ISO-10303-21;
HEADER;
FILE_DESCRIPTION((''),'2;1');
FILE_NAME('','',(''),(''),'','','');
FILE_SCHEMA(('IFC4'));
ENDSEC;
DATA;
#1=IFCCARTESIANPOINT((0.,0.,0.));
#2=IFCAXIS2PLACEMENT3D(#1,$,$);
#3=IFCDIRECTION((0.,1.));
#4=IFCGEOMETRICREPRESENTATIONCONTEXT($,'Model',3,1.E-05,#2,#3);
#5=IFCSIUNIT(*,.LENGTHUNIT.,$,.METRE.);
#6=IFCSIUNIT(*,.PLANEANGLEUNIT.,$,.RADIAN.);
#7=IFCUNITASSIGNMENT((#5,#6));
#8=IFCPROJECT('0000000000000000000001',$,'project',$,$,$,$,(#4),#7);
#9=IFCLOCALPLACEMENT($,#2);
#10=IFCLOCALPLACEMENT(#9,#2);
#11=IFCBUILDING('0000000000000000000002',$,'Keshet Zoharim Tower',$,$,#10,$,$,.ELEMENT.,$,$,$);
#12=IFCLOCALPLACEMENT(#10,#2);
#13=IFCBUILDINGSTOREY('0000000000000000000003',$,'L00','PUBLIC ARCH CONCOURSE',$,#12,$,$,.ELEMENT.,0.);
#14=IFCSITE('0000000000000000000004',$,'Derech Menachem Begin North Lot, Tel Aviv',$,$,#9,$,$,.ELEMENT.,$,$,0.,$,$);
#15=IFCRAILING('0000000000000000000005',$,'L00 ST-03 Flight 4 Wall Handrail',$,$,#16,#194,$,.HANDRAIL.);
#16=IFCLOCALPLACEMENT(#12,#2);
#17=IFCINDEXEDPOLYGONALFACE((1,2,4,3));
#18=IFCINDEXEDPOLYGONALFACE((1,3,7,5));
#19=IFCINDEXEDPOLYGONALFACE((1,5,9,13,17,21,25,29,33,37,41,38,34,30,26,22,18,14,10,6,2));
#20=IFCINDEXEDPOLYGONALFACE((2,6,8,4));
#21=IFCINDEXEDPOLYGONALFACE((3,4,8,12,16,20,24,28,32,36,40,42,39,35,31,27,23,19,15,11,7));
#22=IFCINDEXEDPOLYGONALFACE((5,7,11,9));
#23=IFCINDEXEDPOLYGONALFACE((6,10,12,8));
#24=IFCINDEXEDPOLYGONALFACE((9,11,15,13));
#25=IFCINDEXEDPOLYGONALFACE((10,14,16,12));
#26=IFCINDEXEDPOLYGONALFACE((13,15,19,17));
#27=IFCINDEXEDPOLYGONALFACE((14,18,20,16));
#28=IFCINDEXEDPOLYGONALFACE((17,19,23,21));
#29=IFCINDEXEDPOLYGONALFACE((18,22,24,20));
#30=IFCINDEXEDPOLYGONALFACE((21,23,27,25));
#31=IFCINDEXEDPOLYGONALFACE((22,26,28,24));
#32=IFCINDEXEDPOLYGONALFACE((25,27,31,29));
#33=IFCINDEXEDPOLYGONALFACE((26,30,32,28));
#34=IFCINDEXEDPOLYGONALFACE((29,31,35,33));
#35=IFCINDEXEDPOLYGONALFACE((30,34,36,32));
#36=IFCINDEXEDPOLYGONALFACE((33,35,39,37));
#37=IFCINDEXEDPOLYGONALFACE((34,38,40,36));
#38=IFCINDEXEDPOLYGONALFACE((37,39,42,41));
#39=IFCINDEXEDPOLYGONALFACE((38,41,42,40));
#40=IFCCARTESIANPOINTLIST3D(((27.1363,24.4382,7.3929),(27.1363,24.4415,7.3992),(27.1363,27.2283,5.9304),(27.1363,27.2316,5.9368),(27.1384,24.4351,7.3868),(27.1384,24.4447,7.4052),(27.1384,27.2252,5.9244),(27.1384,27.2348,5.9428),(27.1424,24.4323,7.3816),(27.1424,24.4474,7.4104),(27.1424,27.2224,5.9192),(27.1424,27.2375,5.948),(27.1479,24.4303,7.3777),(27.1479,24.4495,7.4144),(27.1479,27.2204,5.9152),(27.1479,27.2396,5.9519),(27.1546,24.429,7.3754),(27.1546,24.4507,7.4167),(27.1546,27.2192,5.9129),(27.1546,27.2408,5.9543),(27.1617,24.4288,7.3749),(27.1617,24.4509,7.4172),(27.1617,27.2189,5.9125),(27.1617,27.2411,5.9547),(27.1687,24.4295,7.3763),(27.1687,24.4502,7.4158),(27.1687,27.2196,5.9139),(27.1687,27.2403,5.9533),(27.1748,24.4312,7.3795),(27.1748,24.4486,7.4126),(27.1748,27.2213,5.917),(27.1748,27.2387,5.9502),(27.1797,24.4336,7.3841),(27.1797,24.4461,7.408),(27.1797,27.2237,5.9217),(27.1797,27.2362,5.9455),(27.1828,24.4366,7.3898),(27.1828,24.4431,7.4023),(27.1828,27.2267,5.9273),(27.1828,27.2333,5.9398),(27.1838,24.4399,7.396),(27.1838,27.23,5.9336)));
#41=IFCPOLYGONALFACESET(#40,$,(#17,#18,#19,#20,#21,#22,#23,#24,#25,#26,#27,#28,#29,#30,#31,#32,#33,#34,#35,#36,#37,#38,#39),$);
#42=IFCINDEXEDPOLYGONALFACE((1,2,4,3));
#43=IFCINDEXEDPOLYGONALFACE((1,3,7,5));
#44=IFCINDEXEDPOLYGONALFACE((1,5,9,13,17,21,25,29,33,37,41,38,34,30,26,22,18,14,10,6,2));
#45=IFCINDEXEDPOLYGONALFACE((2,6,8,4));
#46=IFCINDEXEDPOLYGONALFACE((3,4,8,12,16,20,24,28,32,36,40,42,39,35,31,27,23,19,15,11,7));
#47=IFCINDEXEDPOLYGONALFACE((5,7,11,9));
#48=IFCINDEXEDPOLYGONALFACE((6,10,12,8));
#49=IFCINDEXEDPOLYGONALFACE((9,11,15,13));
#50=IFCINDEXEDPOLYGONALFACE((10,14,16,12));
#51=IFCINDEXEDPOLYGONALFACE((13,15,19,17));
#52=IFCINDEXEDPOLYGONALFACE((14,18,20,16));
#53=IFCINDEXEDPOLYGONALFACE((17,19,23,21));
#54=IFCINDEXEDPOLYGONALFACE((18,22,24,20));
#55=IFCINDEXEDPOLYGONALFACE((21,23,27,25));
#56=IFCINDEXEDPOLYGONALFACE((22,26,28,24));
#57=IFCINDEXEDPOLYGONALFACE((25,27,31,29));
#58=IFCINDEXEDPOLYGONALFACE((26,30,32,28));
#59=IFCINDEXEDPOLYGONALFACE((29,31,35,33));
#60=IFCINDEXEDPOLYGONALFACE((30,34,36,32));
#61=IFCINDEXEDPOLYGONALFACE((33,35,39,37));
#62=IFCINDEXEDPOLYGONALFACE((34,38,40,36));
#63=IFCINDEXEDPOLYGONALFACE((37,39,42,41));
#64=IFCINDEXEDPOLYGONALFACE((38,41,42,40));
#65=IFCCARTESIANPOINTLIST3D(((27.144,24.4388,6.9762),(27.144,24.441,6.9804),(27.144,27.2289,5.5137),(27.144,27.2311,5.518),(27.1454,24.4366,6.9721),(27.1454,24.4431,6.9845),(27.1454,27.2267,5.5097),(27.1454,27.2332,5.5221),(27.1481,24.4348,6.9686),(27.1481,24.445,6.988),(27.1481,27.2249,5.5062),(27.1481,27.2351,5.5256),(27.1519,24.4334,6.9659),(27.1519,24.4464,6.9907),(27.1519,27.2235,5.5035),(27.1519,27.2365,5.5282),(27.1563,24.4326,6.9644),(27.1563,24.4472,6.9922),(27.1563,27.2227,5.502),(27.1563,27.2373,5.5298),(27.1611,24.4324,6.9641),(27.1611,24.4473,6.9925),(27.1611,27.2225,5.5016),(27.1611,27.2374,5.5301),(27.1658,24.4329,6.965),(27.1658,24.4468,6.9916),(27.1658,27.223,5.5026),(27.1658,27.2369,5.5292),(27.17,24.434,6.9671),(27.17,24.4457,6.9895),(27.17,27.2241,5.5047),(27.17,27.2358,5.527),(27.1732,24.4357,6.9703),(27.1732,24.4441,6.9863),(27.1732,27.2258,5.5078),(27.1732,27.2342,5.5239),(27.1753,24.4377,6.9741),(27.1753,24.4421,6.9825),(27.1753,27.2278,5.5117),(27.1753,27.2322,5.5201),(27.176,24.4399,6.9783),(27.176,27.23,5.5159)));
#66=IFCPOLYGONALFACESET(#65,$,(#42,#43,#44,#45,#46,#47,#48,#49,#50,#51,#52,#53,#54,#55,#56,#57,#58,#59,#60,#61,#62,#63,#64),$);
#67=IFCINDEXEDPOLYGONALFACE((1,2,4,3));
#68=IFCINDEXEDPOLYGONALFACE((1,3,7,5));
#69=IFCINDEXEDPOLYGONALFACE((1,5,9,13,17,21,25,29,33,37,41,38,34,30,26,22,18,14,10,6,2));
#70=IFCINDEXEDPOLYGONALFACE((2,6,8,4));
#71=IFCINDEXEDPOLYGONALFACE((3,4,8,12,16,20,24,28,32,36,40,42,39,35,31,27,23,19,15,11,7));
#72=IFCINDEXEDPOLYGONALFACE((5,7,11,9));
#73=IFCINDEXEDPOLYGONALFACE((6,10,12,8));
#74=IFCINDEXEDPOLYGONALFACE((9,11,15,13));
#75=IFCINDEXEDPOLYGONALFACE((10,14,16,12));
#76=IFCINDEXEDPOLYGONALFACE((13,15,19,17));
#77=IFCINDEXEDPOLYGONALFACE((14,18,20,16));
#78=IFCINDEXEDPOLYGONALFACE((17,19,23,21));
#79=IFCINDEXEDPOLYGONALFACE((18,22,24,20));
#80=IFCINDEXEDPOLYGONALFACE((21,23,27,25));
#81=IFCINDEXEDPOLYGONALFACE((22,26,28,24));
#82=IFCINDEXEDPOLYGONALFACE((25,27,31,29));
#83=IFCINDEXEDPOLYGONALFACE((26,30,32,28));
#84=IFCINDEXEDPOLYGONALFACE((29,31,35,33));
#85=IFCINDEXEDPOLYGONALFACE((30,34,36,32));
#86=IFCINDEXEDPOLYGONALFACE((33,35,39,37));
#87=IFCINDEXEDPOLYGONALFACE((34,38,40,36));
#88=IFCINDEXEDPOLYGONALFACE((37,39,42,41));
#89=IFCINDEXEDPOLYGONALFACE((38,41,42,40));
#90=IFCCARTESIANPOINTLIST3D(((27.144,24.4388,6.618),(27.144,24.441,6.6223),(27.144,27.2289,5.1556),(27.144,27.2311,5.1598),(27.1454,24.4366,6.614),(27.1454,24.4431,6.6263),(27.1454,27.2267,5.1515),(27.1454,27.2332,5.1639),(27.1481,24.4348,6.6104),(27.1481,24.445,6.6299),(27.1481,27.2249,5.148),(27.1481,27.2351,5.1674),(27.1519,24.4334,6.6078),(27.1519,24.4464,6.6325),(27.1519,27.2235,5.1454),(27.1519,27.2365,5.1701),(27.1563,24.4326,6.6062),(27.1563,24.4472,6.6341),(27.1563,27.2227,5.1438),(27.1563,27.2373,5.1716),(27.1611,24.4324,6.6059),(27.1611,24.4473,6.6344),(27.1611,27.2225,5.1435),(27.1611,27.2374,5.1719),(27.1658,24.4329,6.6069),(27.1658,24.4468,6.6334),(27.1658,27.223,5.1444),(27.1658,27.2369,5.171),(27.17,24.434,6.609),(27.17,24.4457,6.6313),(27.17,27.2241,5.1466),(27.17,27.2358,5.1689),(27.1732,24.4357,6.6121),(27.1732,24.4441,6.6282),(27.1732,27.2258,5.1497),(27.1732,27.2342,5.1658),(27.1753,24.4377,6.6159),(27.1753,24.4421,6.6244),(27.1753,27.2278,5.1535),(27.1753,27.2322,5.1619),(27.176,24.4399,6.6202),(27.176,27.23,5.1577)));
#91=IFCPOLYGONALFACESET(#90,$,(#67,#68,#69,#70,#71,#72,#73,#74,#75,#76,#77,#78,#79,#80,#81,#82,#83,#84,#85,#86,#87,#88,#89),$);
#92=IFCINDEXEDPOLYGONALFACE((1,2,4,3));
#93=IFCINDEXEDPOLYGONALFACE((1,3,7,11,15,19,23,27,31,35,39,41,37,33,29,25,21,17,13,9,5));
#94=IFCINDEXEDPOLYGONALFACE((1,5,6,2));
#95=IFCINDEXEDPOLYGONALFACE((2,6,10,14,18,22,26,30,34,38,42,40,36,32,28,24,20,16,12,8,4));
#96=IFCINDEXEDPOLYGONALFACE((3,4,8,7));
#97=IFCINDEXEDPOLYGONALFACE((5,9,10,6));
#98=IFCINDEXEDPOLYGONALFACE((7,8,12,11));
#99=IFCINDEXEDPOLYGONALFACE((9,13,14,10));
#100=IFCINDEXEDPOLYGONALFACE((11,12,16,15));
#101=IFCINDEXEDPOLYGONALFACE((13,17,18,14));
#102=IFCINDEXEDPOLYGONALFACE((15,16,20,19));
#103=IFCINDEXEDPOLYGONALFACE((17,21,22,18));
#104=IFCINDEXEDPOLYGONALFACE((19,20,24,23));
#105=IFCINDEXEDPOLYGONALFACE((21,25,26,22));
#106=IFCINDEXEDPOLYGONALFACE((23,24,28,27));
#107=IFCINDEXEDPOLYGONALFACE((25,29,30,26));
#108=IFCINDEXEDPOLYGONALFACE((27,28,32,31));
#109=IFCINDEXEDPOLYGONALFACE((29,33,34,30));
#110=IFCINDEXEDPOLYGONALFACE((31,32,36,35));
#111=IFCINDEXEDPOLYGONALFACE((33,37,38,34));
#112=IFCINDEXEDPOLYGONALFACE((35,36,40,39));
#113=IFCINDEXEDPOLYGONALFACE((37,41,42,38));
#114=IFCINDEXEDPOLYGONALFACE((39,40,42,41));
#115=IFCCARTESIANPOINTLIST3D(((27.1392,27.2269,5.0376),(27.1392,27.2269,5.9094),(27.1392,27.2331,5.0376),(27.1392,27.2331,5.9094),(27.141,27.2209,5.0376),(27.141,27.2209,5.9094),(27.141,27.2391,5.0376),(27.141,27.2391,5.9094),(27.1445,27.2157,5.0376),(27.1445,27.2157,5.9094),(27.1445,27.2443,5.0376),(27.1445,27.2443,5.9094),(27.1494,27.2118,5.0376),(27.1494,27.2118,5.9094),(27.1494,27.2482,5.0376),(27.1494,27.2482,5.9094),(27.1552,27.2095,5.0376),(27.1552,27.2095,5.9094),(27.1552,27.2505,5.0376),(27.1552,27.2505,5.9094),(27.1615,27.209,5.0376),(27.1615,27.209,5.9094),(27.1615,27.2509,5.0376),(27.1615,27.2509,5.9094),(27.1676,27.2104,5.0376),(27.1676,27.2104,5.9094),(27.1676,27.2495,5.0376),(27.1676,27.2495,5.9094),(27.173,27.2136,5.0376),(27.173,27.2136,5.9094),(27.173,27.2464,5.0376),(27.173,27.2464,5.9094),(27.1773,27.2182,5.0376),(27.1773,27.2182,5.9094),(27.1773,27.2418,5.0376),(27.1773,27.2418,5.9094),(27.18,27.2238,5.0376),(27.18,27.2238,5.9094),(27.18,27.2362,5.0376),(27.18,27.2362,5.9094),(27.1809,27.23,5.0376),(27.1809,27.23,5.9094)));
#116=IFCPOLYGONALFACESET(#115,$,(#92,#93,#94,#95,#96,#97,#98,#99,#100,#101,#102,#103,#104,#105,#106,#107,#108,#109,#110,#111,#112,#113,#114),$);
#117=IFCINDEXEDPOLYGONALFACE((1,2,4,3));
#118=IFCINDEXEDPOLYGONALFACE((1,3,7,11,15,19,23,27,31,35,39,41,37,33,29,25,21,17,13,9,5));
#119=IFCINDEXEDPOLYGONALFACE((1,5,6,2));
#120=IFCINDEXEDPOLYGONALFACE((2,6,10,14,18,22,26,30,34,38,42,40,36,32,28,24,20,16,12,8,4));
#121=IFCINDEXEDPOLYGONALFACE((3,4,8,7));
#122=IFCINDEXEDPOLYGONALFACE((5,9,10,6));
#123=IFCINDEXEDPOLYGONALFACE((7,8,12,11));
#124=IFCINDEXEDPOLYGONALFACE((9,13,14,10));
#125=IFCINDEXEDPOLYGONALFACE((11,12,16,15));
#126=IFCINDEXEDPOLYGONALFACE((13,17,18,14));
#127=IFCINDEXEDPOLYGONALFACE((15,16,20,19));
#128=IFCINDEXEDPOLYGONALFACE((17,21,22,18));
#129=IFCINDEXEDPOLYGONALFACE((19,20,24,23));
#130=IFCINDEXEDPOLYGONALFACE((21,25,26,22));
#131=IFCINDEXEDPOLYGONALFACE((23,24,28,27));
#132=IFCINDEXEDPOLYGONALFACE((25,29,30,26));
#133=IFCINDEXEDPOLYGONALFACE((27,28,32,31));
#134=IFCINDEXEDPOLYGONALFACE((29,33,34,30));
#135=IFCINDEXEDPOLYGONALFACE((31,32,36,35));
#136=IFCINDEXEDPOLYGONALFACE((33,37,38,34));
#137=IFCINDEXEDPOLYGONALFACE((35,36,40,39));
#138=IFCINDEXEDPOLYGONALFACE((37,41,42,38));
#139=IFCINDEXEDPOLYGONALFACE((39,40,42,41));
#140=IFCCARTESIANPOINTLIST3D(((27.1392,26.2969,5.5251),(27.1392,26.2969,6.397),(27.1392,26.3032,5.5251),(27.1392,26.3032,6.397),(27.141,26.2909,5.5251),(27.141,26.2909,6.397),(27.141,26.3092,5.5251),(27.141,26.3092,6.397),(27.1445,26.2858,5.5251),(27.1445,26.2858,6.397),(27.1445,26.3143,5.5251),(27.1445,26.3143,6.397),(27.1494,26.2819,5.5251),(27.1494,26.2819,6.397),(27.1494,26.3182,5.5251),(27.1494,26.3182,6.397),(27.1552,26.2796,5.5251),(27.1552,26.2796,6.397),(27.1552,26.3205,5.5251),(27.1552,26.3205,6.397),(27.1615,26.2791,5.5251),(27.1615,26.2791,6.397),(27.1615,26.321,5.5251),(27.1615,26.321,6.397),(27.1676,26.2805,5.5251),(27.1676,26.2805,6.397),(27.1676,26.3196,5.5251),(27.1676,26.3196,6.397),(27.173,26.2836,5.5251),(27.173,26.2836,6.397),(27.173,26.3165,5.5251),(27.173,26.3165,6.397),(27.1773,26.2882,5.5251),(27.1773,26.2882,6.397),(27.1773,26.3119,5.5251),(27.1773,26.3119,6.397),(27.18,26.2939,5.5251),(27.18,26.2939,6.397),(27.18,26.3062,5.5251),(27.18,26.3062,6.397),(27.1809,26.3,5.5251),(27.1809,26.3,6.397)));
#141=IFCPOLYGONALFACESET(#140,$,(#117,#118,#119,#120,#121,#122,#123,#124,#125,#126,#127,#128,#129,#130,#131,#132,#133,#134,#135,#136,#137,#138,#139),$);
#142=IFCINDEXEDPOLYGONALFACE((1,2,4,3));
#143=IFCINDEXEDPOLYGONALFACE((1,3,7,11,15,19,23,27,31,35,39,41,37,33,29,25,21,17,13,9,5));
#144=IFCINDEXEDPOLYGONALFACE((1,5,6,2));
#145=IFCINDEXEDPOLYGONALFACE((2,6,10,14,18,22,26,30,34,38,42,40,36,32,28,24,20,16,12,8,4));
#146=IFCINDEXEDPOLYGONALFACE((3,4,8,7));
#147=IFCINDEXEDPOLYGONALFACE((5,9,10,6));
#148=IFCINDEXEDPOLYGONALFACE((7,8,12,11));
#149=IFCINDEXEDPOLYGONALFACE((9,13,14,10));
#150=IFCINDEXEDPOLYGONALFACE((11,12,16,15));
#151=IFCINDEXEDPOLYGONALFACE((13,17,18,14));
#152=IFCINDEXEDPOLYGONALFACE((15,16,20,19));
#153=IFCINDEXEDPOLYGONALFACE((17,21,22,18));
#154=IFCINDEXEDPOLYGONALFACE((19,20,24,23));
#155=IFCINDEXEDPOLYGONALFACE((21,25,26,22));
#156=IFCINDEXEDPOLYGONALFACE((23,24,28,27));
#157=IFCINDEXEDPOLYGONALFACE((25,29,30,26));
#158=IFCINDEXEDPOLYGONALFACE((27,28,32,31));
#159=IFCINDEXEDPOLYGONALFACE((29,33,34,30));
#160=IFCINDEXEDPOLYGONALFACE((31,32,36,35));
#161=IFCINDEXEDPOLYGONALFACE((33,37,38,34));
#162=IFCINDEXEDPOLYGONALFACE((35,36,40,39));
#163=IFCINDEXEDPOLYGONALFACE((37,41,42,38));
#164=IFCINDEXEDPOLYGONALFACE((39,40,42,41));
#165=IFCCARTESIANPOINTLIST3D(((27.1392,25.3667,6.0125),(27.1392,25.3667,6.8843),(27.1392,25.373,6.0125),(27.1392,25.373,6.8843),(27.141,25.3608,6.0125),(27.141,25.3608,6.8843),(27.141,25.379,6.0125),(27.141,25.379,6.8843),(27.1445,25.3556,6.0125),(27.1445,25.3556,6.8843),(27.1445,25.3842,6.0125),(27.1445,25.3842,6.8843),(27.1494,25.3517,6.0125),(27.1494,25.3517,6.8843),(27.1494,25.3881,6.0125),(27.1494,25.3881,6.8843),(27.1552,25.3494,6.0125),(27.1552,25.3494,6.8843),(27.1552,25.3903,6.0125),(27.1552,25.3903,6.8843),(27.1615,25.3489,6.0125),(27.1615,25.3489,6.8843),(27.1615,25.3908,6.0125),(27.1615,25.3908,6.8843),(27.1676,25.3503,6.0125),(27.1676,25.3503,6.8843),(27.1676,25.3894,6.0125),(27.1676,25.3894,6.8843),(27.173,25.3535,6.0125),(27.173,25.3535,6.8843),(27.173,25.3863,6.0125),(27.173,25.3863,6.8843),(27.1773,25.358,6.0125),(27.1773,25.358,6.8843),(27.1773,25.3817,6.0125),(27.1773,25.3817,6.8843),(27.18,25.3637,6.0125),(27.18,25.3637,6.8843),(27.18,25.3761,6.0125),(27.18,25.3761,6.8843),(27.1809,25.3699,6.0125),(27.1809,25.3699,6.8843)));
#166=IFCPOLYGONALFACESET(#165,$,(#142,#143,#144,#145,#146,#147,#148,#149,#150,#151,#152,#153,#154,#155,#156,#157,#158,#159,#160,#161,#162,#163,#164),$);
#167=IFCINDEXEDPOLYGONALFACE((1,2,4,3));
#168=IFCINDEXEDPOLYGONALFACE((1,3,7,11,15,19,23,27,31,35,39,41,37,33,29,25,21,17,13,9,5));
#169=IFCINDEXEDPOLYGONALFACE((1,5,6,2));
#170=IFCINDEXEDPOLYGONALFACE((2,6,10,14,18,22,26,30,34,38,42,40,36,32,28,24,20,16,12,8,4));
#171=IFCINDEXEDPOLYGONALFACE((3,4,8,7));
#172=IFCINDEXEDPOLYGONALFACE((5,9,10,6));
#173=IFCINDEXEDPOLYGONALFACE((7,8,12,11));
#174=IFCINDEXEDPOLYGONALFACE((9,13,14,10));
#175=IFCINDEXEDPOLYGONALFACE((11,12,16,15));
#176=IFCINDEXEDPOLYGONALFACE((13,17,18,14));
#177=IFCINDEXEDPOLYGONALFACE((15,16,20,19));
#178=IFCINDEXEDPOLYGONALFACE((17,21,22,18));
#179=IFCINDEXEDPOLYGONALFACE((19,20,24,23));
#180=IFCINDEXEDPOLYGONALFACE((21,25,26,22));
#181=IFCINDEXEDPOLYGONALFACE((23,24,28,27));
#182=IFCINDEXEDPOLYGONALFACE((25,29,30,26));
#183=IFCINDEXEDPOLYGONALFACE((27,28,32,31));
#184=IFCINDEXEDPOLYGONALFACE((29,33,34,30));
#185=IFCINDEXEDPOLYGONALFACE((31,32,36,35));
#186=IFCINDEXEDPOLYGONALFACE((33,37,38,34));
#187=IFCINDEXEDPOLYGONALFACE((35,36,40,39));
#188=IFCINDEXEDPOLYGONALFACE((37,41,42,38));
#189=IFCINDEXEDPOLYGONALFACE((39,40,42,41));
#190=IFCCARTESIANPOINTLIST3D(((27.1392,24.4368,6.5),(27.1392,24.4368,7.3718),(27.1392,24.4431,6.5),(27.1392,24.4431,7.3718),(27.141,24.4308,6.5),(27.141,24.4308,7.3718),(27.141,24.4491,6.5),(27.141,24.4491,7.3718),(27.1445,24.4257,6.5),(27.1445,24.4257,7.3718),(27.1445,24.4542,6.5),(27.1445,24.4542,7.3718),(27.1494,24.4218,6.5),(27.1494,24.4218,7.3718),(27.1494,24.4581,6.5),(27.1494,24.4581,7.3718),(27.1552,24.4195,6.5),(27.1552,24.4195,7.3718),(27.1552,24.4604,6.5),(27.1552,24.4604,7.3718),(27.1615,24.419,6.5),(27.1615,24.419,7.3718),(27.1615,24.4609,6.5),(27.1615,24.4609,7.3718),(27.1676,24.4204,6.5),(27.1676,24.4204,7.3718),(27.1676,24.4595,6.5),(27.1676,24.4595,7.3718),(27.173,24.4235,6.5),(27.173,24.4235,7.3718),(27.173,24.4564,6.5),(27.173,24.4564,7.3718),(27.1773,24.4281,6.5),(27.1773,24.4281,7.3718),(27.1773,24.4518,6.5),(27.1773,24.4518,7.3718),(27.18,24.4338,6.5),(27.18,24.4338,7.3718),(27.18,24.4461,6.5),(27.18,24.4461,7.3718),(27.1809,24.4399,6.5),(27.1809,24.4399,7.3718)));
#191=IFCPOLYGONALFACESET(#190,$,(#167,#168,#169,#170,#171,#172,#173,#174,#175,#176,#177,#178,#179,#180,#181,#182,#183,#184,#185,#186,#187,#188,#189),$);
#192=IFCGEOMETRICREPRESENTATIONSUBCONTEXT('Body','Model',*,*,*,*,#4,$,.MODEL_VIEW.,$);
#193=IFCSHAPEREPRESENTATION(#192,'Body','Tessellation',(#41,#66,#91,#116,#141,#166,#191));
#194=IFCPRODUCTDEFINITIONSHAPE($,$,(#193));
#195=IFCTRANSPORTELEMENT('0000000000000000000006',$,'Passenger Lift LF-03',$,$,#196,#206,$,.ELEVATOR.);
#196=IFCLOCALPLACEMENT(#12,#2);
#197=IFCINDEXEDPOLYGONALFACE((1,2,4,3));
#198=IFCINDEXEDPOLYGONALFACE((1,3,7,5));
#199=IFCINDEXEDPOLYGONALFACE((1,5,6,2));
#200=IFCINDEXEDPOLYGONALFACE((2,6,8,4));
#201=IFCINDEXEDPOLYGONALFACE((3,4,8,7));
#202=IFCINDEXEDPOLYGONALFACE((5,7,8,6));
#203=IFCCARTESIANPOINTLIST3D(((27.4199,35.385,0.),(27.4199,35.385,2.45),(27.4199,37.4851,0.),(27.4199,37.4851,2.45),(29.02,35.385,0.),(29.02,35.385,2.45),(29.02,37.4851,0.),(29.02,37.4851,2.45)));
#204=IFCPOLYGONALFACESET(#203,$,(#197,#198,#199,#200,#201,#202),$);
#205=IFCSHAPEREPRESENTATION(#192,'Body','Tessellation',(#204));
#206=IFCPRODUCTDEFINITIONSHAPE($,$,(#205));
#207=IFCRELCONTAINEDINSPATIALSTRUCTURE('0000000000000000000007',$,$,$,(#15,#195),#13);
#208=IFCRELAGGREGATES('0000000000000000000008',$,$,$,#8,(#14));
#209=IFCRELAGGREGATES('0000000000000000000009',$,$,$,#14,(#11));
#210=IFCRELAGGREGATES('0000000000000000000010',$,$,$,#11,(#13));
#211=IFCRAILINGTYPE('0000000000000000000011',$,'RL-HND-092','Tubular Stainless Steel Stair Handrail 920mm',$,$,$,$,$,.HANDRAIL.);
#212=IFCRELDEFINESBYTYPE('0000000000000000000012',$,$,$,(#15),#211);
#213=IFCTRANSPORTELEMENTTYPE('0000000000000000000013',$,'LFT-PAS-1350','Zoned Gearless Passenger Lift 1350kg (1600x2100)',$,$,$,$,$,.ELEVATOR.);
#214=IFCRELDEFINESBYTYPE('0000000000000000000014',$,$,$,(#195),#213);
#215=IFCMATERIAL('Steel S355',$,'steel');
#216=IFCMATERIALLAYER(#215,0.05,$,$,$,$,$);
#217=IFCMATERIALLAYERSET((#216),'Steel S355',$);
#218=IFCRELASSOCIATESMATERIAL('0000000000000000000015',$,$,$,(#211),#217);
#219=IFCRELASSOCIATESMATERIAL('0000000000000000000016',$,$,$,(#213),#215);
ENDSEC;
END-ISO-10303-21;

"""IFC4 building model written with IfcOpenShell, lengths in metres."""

from ifc_helpers import new_model, si_unit, direction, frame, origin, origin_2d, place, context, subcontext, project, spatial, rectangle, circle, extrude, material, layer, layer_set, type_object, element, save


model = new_model("IFC4")

# Units and contexts
model_context = context("Model", 3, precision=1e-05, world=origin(), true_north=direction((0.0, 1.0)))
body_context = subcontext(model_context, "Body", "Model", "MODEL_VIEW")
ifc_project = project(units=[si_unit("LENGTHUNIT", "METRE"), si_unit("PLANEANGLEUNIT", "RADIAN")], contexts=[model_context])

# Site, building, storey
site_placement = place(None, origin())
site = spatial("IfcSite", under=ifc_project, at=site_placement, Name="Derech Menachem Begin North Lot, Tel Aviv", CompositionType="ELEMENT", RefElevation=0.0)
building_placement = place(site_placement, origin())
building = spatial("IfcBuilding", under=site, at=building_placement, Name="Keshet Zoharim Tower", CompositionType="ELEMENT")
storey_placement = place(building_placement, origin())
storey = spatial("IfcBuildingStorey", under=building, at=storey_placement, Name="L00", Description="PUBLIC ARCH CONCOURSE", CompositionType="ELEMENT", Elevation=0.0)

# Shared definitions
ifc_material_1 = material(Name="Steel S355", Category="steel")

# Railing
ifc_layer_1 = layer(ifc_material_1, 0.05)
ifc_layer_set_1 = layer_set([ifc_layer_1], Name="Steel S355")
railing_type = type_object("IfcRailingType", Name="RL-HND-092", Description="Tubular Stainless Steel Stair Handrail 920mm", PredefinedType="HANDRAIL", material=ifc_layer_set_1)
for number, where, name in (
    (1, (27.1599, 27.23, 5.0376), "L00 ST-03 Flight 4 Wall Handrail"),
):
    element("IfcRailing", number, at=place(storey_placement, frame(where)), inside=storey, type_object=railing_type, Name=name, PredefinedType="HANDRAIL", context=body_context, shape_type="SweptSolid", body=[
        extrude(circle(Radius=0.0239, at=origin_2d()), frame((0.0, 0.0, 0.896), z_axis=(0.0, -0.885707, 0.464244), x_axis=(1.0, 0.0, 0.0)), (0.0, 0.0, 1.0), 3.1501),
        extrude(circle(Radius=0.0161, at=origin_2d()), frame((0.0, 0.0, 0.4783), z_axis=(0.0, -0.885707, 0.464244), x_axis=(1.0, 0.0, 0.0)), (0.0, 0.0, 1.0), 3.1501),
        extrude(circle(Radius=0.0161, at=origin_2d()), frame((0.0, 0.0, 0.1201), z_axis=(0.0, -0.885707, 0.464244), x_axis=(1.0, 0.0, 0.0)), (0.0, 0.0, 1.0), 3.1501),
        extrude(circle(Radius=0.021, at=origin_2d()), origin(), (0.0, 0.0, 1.0), 0.8718),
        extrude(circle(Radius=0.021, at=origin_2d()), frame((0.0, -0.9299, 0.4875)), (0.0, 0.0, 1.0), 0.8718),
        extrude(circle(Radius=0.021, at=origin_2d()), frame((0.0, -1.8601, 0.9749)), (0.0, 0.0, 1.0), 0.8718),
        extrude(circle(Radius=0.021, at=origin_2d()), frame((0.0, -2.79, 1.4624)), (0.0, 0.0, 1.0), 0.8718),
    ])

# Transport element
transport_element_type = type_object("IfcTransportElementType", Name="LFT-PAS-1350", Description="Zoned Gearless Passenger Lift 1350kg (1600x2100)", PredefinedType="ELEVATOR", material=ifc_material_1)
for number, where, z_axis, x_axis, name in (
    (2, (28.22, 36.4351, 0.0), (0.0, 0.0, 1.0), (1.0, 0.0, 0.0), "Passenger Lift LF-03"),
):
    element("IfcTransportElement", number, at=place(storey_placement, frame(where, z_axis=z_axis, x_axis=x_axis)), inside=storey, type_object=transport_element_type, Name=name, PredefinedType="ELEVATOR", context=body_context, shape_type="SweptSolid", body=[
        extrude(rectangle(XDim=1.6001, YDim=2.1001, at=origin_2d()), origin(), (0.0, 0.0, 1.0), 2.45),
    ])

save(model, "model.ifc")
